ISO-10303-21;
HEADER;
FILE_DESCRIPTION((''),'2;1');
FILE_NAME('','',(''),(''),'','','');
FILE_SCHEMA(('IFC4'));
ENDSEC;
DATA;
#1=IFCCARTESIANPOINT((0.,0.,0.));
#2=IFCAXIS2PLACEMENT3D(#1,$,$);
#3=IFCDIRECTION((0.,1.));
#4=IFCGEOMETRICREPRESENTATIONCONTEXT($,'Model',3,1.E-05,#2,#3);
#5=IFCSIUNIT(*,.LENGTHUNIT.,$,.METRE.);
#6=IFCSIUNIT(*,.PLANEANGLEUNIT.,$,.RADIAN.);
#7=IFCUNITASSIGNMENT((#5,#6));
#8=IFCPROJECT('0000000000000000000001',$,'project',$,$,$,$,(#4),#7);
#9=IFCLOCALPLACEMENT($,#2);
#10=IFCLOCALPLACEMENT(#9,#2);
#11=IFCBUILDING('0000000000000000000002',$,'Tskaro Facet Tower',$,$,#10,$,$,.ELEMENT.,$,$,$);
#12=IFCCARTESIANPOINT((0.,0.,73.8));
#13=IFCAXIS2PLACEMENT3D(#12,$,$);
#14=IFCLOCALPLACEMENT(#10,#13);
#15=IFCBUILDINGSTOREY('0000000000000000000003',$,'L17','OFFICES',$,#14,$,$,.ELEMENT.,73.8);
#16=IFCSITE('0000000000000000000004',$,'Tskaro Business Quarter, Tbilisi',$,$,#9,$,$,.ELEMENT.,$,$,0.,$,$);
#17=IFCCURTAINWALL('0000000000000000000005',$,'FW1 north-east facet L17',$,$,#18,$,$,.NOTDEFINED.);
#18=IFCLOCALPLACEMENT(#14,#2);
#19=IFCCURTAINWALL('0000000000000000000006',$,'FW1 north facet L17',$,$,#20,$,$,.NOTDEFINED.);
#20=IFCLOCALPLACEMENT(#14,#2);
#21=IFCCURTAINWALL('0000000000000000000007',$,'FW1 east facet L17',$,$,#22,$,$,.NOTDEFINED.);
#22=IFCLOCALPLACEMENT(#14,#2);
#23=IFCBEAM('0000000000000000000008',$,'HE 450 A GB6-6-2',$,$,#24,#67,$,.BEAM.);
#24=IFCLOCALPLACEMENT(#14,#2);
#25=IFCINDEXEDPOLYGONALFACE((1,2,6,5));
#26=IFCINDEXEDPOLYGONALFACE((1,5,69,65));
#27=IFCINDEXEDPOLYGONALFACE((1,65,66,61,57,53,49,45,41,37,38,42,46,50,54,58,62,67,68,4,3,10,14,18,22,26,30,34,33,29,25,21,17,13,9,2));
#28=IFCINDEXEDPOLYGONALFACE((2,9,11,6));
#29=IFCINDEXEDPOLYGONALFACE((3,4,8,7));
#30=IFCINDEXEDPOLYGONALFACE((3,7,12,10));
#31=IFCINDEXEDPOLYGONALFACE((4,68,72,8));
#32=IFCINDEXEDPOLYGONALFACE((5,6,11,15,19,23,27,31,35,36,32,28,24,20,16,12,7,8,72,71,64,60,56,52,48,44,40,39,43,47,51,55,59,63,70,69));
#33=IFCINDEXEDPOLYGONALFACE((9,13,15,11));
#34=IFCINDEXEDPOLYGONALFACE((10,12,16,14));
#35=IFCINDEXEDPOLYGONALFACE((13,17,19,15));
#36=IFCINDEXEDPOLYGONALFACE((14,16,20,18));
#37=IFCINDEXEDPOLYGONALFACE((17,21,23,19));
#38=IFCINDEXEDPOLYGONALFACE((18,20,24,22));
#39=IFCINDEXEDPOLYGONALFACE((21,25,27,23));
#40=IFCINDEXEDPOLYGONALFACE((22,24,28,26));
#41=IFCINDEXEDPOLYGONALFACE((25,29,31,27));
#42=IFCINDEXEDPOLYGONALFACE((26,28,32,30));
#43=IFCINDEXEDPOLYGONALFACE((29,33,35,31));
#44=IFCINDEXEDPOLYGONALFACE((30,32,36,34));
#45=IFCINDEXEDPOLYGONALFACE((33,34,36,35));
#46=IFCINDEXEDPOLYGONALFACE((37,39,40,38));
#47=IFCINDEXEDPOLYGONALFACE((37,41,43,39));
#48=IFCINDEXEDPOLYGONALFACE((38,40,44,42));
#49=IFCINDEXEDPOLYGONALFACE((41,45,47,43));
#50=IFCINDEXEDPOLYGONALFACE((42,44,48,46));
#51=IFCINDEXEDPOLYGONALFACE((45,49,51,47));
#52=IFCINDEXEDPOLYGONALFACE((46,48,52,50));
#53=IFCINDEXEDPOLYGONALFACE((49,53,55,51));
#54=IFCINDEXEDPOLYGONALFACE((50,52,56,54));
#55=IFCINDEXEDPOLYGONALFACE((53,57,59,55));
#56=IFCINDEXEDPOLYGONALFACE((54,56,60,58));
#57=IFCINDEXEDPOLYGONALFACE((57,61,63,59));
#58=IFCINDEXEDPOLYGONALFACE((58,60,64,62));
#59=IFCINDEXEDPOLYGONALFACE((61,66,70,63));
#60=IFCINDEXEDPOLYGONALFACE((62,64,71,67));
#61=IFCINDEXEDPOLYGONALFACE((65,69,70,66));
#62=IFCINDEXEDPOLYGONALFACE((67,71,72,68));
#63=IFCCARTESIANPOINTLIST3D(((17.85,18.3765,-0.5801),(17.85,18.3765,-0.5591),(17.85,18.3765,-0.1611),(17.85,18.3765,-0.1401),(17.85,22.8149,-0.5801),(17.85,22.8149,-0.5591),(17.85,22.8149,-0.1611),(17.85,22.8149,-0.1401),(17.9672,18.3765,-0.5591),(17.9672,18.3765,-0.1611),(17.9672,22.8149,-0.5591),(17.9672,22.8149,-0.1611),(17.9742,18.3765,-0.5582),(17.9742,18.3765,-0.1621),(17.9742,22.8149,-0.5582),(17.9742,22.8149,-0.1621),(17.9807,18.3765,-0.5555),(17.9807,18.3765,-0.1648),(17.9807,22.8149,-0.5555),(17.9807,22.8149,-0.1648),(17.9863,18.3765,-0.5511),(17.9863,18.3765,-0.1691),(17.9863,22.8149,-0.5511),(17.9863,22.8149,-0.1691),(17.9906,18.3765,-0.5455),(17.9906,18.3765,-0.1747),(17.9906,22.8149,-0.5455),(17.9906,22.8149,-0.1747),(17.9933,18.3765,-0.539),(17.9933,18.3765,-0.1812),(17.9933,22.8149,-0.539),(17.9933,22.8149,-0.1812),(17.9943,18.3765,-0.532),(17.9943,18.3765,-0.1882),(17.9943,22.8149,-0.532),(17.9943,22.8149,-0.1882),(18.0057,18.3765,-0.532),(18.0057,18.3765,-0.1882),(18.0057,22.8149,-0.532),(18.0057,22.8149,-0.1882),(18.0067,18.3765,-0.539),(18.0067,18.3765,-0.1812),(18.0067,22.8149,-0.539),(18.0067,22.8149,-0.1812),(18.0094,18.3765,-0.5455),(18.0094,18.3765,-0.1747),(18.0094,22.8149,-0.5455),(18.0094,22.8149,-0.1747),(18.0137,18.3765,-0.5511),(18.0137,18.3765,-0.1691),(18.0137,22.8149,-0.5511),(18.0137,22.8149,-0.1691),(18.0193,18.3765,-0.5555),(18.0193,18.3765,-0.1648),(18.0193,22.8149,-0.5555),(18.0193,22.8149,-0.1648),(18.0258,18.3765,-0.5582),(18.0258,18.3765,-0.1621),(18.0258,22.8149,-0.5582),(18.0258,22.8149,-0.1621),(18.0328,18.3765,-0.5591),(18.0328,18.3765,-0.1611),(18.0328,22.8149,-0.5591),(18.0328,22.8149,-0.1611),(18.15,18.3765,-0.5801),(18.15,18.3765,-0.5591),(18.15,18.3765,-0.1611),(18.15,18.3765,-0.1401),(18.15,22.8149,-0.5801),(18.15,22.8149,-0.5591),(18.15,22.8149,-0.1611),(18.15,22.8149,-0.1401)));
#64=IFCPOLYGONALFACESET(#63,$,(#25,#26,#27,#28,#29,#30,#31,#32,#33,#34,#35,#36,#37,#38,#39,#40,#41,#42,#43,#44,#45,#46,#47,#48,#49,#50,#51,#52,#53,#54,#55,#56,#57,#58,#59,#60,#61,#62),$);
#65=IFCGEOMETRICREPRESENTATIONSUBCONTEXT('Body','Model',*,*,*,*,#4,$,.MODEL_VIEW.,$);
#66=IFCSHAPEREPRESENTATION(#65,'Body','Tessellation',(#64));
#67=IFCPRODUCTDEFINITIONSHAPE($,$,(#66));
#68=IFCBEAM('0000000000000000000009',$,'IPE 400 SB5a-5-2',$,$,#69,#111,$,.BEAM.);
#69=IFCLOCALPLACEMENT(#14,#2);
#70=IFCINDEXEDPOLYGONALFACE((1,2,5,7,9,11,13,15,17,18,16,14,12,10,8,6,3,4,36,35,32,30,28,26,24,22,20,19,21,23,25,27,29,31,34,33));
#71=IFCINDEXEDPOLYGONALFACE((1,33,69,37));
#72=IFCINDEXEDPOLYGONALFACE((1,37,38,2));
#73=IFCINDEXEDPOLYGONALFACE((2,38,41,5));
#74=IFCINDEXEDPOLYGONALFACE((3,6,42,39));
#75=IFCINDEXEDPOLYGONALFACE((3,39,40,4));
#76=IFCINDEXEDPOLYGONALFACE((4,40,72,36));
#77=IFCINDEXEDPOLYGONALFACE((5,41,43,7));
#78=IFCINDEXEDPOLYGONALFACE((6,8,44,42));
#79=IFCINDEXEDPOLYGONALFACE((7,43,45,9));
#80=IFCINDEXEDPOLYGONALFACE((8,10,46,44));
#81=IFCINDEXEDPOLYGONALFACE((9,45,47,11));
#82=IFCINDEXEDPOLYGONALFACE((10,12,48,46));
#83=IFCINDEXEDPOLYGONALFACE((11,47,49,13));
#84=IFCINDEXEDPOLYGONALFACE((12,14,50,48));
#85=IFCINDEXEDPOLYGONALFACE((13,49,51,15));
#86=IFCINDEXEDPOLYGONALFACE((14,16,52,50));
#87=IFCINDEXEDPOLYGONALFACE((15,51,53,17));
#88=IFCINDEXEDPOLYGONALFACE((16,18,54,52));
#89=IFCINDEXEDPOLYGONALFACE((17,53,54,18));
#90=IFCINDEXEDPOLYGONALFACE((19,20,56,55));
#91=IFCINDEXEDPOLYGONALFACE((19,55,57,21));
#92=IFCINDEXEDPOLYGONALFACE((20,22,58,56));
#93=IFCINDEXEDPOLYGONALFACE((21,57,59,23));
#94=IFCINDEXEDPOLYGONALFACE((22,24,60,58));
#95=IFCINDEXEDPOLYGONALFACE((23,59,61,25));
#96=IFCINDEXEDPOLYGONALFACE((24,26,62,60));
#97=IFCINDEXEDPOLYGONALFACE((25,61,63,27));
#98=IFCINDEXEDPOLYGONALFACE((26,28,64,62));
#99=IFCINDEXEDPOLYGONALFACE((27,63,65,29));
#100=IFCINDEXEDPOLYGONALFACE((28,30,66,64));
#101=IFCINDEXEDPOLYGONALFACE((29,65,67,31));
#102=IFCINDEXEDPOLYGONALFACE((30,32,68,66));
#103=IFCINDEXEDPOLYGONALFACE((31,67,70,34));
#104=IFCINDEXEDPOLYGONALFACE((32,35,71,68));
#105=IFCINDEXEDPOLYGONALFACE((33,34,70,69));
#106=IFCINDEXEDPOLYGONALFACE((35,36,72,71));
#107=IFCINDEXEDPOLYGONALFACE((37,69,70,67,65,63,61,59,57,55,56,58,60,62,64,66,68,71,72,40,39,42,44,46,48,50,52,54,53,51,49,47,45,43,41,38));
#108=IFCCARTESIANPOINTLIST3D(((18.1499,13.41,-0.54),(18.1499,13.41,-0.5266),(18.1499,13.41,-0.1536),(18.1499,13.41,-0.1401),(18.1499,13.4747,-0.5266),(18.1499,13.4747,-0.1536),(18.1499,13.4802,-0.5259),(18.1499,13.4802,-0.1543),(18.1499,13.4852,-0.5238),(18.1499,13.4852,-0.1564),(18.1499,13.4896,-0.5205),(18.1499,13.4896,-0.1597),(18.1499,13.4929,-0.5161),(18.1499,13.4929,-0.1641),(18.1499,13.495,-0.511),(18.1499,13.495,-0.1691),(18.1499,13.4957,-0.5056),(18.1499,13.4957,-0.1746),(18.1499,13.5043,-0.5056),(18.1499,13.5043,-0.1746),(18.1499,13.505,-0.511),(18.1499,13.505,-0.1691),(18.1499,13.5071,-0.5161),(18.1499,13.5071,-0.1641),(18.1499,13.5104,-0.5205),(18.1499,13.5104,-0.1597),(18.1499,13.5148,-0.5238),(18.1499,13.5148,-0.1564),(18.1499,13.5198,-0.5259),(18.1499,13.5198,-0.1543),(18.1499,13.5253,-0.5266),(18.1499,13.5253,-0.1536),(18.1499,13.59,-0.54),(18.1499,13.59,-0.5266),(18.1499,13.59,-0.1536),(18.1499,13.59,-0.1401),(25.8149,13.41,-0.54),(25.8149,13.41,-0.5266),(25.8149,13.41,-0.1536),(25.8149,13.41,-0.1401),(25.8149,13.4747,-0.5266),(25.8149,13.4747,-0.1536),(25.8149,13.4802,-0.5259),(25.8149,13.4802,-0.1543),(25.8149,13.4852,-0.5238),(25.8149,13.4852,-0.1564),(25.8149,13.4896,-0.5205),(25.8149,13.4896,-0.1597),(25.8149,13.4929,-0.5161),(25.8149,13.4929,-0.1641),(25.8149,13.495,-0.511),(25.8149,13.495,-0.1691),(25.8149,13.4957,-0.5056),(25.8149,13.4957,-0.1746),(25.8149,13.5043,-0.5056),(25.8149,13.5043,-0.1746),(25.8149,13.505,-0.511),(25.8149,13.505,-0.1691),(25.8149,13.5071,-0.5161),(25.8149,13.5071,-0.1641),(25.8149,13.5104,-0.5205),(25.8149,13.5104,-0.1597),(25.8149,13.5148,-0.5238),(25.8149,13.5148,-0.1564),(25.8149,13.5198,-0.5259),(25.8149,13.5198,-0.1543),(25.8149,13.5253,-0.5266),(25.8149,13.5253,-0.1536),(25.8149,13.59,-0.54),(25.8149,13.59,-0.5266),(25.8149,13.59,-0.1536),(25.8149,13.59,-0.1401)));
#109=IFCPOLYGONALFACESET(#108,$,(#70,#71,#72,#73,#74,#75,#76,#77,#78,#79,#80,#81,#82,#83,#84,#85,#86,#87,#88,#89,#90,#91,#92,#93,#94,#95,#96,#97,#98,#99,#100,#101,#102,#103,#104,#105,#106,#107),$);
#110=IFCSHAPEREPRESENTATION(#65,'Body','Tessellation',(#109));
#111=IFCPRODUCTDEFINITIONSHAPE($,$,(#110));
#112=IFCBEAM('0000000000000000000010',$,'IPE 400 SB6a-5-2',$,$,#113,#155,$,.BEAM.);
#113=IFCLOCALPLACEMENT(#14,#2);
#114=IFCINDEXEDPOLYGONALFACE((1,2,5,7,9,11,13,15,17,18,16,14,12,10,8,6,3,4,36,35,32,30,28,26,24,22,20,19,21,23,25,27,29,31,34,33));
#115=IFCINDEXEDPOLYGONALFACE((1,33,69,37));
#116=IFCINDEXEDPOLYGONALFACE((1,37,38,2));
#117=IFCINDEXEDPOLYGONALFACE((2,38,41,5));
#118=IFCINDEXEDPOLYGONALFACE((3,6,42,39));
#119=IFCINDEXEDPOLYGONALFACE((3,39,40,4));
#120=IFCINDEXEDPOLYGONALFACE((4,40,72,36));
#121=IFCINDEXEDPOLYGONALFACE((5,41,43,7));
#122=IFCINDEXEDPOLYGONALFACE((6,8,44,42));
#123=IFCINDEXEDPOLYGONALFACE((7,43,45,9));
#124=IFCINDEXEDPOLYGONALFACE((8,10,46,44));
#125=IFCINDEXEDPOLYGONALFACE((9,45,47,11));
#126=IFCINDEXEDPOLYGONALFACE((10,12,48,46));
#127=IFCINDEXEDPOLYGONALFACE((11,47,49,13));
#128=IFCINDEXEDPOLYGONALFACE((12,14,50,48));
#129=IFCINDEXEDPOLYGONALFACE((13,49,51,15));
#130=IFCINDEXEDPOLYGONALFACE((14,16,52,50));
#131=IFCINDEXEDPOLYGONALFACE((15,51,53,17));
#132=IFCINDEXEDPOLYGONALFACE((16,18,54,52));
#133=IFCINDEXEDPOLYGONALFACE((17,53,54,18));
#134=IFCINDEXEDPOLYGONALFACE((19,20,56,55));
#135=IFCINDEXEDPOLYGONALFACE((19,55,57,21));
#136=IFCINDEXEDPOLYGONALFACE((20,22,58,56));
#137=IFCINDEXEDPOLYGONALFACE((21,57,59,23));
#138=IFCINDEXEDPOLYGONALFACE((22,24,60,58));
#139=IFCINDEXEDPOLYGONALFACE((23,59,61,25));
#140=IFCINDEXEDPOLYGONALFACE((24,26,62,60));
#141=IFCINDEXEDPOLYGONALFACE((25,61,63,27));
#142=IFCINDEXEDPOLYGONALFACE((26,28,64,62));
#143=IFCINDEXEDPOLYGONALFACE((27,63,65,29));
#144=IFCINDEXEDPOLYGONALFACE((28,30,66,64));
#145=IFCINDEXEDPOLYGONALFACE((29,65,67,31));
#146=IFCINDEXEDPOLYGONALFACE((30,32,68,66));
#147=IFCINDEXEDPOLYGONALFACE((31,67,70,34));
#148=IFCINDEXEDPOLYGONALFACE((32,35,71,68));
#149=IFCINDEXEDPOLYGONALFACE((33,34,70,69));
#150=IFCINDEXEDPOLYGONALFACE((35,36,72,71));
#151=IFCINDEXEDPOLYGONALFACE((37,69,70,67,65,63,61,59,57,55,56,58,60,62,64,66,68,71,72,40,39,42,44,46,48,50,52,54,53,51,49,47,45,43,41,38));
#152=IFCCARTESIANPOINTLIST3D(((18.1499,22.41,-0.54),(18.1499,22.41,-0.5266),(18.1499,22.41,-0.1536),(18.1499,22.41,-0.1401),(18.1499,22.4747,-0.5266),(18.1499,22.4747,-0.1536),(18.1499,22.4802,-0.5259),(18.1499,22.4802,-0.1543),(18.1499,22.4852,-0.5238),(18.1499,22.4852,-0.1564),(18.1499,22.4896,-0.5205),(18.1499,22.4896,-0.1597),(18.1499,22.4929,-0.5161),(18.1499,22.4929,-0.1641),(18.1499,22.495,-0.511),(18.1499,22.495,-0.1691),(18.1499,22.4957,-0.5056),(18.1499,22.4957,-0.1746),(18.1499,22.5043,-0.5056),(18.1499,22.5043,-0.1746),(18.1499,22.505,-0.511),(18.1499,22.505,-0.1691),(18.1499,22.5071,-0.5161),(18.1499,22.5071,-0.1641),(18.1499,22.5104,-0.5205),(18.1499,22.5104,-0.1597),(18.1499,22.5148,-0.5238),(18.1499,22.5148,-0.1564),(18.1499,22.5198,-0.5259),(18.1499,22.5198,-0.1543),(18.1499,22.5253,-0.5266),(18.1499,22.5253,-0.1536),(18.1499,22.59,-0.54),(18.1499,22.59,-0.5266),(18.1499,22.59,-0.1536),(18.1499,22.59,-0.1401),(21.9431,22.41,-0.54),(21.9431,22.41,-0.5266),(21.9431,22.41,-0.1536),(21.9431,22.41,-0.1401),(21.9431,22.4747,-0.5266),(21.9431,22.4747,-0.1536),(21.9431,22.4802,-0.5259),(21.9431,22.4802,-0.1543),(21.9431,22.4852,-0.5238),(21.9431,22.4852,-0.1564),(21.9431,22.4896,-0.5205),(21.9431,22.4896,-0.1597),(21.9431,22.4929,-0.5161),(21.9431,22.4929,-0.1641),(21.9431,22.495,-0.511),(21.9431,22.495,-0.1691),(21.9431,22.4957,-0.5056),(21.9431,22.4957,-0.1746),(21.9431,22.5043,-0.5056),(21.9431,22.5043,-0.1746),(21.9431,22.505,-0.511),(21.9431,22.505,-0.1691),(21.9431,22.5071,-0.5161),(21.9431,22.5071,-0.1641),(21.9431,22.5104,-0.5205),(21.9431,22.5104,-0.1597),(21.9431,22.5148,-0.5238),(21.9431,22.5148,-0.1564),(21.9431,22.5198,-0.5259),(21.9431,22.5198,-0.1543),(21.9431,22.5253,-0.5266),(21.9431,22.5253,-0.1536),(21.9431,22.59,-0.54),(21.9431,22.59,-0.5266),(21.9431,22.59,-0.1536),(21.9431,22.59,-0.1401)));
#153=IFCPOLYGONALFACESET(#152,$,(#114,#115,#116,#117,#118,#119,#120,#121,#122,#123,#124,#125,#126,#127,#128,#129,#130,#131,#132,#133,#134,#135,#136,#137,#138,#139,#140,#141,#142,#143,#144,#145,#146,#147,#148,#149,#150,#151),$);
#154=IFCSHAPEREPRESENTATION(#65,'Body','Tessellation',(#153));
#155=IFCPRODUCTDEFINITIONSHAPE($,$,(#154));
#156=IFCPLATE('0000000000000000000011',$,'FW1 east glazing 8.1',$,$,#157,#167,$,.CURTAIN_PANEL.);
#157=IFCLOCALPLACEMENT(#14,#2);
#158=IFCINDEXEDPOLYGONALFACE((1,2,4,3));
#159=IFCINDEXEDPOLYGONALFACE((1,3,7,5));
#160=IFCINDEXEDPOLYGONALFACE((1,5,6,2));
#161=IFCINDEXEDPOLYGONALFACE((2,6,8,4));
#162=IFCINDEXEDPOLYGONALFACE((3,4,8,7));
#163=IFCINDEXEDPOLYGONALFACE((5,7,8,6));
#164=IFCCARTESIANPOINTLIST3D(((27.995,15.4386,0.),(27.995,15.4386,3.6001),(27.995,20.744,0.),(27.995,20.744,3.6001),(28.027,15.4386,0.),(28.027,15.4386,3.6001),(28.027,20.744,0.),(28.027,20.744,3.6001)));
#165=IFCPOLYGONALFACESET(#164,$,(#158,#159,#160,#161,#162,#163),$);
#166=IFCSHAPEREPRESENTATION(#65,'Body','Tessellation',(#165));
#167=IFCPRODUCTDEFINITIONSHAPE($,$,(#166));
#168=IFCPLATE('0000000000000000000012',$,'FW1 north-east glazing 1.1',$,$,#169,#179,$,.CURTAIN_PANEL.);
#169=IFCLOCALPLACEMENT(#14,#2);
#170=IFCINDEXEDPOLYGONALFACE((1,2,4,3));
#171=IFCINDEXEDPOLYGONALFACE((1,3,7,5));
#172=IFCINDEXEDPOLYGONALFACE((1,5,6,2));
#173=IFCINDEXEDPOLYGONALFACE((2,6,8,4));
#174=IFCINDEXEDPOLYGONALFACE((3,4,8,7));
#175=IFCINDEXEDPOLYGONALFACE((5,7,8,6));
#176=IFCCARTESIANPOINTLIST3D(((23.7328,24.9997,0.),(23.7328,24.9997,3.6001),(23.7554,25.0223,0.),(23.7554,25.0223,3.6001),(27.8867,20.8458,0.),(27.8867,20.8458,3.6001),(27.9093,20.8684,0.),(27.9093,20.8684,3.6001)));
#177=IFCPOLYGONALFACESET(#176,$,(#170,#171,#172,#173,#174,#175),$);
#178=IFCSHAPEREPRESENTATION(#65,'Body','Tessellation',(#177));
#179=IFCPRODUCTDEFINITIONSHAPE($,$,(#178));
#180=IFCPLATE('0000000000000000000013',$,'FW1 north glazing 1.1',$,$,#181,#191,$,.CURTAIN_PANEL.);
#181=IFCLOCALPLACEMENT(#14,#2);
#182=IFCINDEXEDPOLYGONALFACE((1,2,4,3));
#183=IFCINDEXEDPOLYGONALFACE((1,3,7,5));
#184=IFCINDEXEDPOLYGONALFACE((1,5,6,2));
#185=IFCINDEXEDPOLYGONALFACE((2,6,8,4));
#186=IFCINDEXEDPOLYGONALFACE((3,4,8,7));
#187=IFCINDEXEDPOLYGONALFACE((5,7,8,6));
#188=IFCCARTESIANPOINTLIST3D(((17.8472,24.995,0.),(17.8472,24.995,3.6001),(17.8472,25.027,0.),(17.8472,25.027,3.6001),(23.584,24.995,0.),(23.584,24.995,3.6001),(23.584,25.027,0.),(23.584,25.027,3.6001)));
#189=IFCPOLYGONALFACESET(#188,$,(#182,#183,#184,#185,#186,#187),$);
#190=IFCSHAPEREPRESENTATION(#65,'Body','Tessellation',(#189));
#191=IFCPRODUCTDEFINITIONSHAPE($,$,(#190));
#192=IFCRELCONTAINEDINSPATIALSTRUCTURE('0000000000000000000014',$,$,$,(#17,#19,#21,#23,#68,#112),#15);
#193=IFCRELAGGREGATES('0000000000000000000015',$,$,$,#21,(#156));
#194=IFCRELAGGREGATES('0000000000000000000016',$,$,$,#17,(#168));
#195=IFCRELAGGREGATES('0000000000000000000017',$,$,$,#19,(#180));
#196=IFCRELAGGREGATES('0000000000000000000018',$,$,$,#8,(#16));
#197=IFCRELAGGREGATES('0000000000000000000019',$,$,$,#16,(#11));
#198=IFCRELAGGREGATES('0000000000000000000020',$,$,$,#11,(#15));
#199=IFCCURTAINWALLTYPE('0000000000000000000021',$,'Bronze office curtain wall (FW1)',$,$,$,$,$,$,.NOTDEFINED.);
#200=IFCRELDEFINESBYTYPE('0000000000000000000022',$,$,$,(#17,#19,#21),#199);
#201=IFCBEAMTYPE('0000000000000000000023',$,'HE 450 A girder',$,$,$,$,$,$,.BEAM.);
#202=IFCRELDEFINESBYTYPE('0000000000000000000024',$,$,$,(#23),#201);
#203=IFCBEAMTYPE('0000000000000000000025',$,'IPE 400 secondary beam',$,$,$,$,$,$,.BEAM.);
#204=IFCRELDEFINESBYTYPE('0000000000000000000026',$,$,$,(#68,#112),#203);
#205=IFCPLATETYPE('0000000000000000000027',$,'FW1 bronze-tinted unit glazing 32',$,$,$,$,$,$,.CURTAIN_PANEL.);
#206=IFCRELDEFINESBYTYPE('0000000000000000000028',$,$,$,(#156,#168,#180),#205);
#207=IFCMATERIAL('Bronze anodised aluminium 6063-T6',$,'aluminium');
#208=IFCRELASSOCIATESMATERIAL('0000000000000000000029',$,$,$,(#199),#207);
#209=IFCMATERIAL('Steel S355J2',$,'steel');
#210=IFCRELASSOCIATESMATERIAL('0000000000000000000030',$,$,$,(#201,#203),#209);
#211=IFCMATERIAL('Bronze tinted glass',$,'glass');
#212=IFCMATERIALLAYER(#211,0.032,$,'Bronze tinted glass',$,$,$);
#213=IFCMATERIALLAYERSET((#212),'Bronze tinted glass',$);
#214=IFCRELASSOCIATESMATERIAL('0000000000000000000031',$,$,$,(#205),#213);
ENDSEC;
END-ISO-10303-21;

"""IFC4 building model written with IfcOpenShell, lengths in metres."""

from ifc_helpers import new_model, si_unit, direction, frame, origin, origin_2d, place, context, subcontext, project, spatial, rectangle, i_section, extrude, material, layer, layer_set, material_profile, profile_set, type_object, element, aggregate, save


model = new_model("IFC4")

# Units and contexts
model_context = context("Model", 3, precision=1e-05, world=origin(), true_north=direction((0.0, 1.0)))
body_context = subcontext(model_context, "Body", "Model", "MODEL_VIEW")
ifc_project = project(units=[si_unit("LENGTHUNIT", "METRE"), si_unit("PLANEANGLEUNIT", "RADIAN")], contexts=[model_context])

# Site, building, storey
site_placement = place(None, origin())
site = spatial("IfcSite", under=ifc_project, at=site_placement, Name="Tskaro Business Quarter, Tbilisi", CompositionType="ELEMENT", RefElevation=0.0)
building_placement = place(site_placement, origin())
building = spatial("IfcBuilding", under=site, at=building_placement, Name="Tskaro Facet Tower", CompositionType="ELEMENT")
storey_placement = place(building_placement, frame((0.0, 0.0, 73.8)))
storey = spatial("IfcBuildingStorey", under=building, at=storey_placement, Name="L17", Description="OFFICES", CompositionType="ELEMENT", Elevation=73.8)

# Curtain walls
ifc_material_1 = material(Name="Bronze anodised aluminium 6063-T6", Category="aluminium")
curtain_wall_type = type_object("IfcCurtainWallType", Name="Bronze office curtain wall (FW1)", PredefinedType="NOTDEFINED", material=ifc_material_1)
curtain_wall_1_placement = place(storey_placement, origin())
curtain_wall_1 = element("IfcCurtainWall", 1, at=curtain_wall_1_placement, inside=storey, type_object=curtain_wall_type, Name="FW1 north-east facet L17", PredefinedType="NOTDEFINED")
curtain_wall_2_placement = place(storey_placement, origin())
curtain_wall_2 = element("IfcCurtainWall", 2, at=curtain_wall_2_placement, inside=storey, type_object=curtain_wall_type, Name="FW1 north facet L17", PredefinedType="NOTDEFINED")

# Curtain wall
curtain_wall_3_placement = place(storey_placement, origin())
curtain_wall_3 = element("IfcCurtainWall", 3, at=curtain_wall_3_placement, inside=storey, type_object=curtain_wall_type, Name="FW1 east facet L17", PredefinedType="NOTDEFINED")

# Beams
ifc_material_2 = material(Name="Steel S355J2", Category="steel")
ifc_material_profile_1 = material_profile(ifc_material_2, i_section(OverallWidth=0.3, OverallDepth=0.4399, WebThickness=0.0115, FlangeThickness=0.021, FilletRadius=0.0271, at=origin_2d()), Name="HE 450 A")
ifc_profile_set_1 = profile_set([ifc_material_profile_1], Name="Steel S355J2")
beam_type_1 = type_object("IfcBeamType", Name="HE 450 A girder", PredefinedType="BEAM", material=ifc_profile_set_1)
beam_1_placement = place(storey_placement, frame((18.0, 18.3765, -0.3601), z_axis=(0.0, 1.0, 0.0), x_axis=(-1.0, 0.0, 0.0)))
element("IfcBeam", 4, at=beam_1_placement, inside=storey, type_object=beam_type_1, Name="HE 450 A GB6-6-2", PredefinedType="BEAM", context=body_context, shape_type="SweptSolid", body=[
    extrude(i_section(OverallWidth=0.3, OverallDepth=0.4399, WebThickness=0.0115, FlangeThickness=0.021, FilletRadius=0.0271, at=origin_2d()), origin(), (0.0, 0.0, 1.0), 4.4385),
])
ifc_material_profile_2 = material_profile(ifc_material_2, i_section(OverallWidth=0.1799, OverallDepth=0.3999, WebThickness=0.0085, FlangeThickness=0.0134, FilletRadius=0.021, at=origin_2d()), Name="IPE 400")
ifc_profile_set_2 = profile_set([ifc_material_profile_2], Name="Steel S355J2")
beam_type_2 = type_object("IfcBeamType", Name="IPE 400 secondary beam", PredefinedType="BEAM", material=ifc_profile_set_2)
beam_2_placement = place(storey_placement, frame((18.1499, 13.5, -0.3401), z_axis=(1.0, 0.0, 0.0), x_axis=(0.0, 1.0, 0.0)))
element("IfcBeam", 5, at=beam_2_placement, inside=storey, type_object=beam_type_2, Name="IPE 400 SB5a-5-2", PredefinedType="BEAM", context=body_context, shape_type="SweptSolid", body=[
    extrude(i_section(OverallWidth=0.1799, OverallDepth=0.3999, WebThickness=0.0085, FlangeThickness=0.0134, FilletRadius=0.021, at=origin_2d()), origin(), (0.0, 0.0, 1.0), 7.665),
])
beam_3_placement = place(storey_placement, frame((18.1499, 22.5, -0.3401), z_axis=(1.0, 0.0, 0.0), x_axis=(0.0, 1.0, 0.0)))
element("IfcBeam", 6, at=beam_3_placement, inside=storey, type_object=beam_type_2, Name="IPE 400 SB6a-5-2", PredefinedType="BEAM", context=body_context, shape_type="SweptSolid", body=[
    extrude(i_section(OverallWidth=0.1799, OverallDepth=0.3999, WebThickness=0.0085, FlangeThickness=0.0134, FilletRadius=0.021, at=origin_2d()), origin(), (0.0, 0.0, 1.0), 3.7932),
])

# Plates
ifc_material_3 = material(Name="Bronze tinted glass", Category="glass")
ifc_layer_1 = layer(ifc_material_3, 0.032, Name="Bronze tinted glass")
ifc_layer_set_1 = layer_set([ifc_layer_1], Name="Bronze tinted glass")
plate_type = type_object("IfcPlateType", Name="FW1 bronze-tinted unit glazing 32", PredefinedType="CURTAIN_PANEL", material=ifc_layer_set_1)
plate_1_placement = place(storey_placement, frame((28.011, 18.0913, 0.0), z_axis=(0.0, 0.0, 1.0), x_axis=(0.0, 1.0, 0.0)))
plate_1 = element("IfcPlate", 7, at=plate_1_placement, type_object=plate_type, Name="FW1 east glazing 8.1", PredefinedType="CURTAIN_PANEL", context=body_context, shape_type="SweptSolid", body=[
    extrude(rectangle(XDim=5.3054, YDim=0.032, at=origin_2d()), origin(), (0.0, 0.0, 1.0), 3.6001),
])
aggregate(curtain_wall_3, [plate_1])
plate_2_placement = place(storey_placement, frame((25.821, 22.9341, 0.0), z_axis=(0.0, 0.0, 1.0), x_axis=(-0.707107, 0.707107, 0.0)))
plate_2 = element("IfcPlate", 8, at=plate_2_placement, type_object=plate_type, Name="FW1 north-east glazing 1.1", PredefinedType="CURTAIN_PANEL", context=body_context, shape_type="SweptSolid", body=[
    extrude(rectangle(XDim=5.8745, YDim=0.032, at=origin_2d()), origin(), (0.0, 0.0, 1.0), 3.6001),
])
aggregate(curtain_wall_1, [plate_2])
plate_3_placement = place(storey_placement, frame((20.7156, 25.011, 0.0), z_axis=(0.0, 0.0, 1.0), x_axis=(-1.0, 0.0, 0.0)))
plate_3 = element("IfcPlate", 9, at=plate_3_placement, type_object=plate_type, Name="FW1 north glazing 1.1", PredefinedType="CURTAIN_PANEL", context=body_context, shape_type="SweptSolid", body=[
    extrude(rectangle(XDim=5.7368, YDim=0.032, at=origin_2d()), origin(), (0.0, 0.0, 1.0), 3.6001),
])
aggregate(curtain_wall_2, [plate_3])

save(model, "model.ifc")
